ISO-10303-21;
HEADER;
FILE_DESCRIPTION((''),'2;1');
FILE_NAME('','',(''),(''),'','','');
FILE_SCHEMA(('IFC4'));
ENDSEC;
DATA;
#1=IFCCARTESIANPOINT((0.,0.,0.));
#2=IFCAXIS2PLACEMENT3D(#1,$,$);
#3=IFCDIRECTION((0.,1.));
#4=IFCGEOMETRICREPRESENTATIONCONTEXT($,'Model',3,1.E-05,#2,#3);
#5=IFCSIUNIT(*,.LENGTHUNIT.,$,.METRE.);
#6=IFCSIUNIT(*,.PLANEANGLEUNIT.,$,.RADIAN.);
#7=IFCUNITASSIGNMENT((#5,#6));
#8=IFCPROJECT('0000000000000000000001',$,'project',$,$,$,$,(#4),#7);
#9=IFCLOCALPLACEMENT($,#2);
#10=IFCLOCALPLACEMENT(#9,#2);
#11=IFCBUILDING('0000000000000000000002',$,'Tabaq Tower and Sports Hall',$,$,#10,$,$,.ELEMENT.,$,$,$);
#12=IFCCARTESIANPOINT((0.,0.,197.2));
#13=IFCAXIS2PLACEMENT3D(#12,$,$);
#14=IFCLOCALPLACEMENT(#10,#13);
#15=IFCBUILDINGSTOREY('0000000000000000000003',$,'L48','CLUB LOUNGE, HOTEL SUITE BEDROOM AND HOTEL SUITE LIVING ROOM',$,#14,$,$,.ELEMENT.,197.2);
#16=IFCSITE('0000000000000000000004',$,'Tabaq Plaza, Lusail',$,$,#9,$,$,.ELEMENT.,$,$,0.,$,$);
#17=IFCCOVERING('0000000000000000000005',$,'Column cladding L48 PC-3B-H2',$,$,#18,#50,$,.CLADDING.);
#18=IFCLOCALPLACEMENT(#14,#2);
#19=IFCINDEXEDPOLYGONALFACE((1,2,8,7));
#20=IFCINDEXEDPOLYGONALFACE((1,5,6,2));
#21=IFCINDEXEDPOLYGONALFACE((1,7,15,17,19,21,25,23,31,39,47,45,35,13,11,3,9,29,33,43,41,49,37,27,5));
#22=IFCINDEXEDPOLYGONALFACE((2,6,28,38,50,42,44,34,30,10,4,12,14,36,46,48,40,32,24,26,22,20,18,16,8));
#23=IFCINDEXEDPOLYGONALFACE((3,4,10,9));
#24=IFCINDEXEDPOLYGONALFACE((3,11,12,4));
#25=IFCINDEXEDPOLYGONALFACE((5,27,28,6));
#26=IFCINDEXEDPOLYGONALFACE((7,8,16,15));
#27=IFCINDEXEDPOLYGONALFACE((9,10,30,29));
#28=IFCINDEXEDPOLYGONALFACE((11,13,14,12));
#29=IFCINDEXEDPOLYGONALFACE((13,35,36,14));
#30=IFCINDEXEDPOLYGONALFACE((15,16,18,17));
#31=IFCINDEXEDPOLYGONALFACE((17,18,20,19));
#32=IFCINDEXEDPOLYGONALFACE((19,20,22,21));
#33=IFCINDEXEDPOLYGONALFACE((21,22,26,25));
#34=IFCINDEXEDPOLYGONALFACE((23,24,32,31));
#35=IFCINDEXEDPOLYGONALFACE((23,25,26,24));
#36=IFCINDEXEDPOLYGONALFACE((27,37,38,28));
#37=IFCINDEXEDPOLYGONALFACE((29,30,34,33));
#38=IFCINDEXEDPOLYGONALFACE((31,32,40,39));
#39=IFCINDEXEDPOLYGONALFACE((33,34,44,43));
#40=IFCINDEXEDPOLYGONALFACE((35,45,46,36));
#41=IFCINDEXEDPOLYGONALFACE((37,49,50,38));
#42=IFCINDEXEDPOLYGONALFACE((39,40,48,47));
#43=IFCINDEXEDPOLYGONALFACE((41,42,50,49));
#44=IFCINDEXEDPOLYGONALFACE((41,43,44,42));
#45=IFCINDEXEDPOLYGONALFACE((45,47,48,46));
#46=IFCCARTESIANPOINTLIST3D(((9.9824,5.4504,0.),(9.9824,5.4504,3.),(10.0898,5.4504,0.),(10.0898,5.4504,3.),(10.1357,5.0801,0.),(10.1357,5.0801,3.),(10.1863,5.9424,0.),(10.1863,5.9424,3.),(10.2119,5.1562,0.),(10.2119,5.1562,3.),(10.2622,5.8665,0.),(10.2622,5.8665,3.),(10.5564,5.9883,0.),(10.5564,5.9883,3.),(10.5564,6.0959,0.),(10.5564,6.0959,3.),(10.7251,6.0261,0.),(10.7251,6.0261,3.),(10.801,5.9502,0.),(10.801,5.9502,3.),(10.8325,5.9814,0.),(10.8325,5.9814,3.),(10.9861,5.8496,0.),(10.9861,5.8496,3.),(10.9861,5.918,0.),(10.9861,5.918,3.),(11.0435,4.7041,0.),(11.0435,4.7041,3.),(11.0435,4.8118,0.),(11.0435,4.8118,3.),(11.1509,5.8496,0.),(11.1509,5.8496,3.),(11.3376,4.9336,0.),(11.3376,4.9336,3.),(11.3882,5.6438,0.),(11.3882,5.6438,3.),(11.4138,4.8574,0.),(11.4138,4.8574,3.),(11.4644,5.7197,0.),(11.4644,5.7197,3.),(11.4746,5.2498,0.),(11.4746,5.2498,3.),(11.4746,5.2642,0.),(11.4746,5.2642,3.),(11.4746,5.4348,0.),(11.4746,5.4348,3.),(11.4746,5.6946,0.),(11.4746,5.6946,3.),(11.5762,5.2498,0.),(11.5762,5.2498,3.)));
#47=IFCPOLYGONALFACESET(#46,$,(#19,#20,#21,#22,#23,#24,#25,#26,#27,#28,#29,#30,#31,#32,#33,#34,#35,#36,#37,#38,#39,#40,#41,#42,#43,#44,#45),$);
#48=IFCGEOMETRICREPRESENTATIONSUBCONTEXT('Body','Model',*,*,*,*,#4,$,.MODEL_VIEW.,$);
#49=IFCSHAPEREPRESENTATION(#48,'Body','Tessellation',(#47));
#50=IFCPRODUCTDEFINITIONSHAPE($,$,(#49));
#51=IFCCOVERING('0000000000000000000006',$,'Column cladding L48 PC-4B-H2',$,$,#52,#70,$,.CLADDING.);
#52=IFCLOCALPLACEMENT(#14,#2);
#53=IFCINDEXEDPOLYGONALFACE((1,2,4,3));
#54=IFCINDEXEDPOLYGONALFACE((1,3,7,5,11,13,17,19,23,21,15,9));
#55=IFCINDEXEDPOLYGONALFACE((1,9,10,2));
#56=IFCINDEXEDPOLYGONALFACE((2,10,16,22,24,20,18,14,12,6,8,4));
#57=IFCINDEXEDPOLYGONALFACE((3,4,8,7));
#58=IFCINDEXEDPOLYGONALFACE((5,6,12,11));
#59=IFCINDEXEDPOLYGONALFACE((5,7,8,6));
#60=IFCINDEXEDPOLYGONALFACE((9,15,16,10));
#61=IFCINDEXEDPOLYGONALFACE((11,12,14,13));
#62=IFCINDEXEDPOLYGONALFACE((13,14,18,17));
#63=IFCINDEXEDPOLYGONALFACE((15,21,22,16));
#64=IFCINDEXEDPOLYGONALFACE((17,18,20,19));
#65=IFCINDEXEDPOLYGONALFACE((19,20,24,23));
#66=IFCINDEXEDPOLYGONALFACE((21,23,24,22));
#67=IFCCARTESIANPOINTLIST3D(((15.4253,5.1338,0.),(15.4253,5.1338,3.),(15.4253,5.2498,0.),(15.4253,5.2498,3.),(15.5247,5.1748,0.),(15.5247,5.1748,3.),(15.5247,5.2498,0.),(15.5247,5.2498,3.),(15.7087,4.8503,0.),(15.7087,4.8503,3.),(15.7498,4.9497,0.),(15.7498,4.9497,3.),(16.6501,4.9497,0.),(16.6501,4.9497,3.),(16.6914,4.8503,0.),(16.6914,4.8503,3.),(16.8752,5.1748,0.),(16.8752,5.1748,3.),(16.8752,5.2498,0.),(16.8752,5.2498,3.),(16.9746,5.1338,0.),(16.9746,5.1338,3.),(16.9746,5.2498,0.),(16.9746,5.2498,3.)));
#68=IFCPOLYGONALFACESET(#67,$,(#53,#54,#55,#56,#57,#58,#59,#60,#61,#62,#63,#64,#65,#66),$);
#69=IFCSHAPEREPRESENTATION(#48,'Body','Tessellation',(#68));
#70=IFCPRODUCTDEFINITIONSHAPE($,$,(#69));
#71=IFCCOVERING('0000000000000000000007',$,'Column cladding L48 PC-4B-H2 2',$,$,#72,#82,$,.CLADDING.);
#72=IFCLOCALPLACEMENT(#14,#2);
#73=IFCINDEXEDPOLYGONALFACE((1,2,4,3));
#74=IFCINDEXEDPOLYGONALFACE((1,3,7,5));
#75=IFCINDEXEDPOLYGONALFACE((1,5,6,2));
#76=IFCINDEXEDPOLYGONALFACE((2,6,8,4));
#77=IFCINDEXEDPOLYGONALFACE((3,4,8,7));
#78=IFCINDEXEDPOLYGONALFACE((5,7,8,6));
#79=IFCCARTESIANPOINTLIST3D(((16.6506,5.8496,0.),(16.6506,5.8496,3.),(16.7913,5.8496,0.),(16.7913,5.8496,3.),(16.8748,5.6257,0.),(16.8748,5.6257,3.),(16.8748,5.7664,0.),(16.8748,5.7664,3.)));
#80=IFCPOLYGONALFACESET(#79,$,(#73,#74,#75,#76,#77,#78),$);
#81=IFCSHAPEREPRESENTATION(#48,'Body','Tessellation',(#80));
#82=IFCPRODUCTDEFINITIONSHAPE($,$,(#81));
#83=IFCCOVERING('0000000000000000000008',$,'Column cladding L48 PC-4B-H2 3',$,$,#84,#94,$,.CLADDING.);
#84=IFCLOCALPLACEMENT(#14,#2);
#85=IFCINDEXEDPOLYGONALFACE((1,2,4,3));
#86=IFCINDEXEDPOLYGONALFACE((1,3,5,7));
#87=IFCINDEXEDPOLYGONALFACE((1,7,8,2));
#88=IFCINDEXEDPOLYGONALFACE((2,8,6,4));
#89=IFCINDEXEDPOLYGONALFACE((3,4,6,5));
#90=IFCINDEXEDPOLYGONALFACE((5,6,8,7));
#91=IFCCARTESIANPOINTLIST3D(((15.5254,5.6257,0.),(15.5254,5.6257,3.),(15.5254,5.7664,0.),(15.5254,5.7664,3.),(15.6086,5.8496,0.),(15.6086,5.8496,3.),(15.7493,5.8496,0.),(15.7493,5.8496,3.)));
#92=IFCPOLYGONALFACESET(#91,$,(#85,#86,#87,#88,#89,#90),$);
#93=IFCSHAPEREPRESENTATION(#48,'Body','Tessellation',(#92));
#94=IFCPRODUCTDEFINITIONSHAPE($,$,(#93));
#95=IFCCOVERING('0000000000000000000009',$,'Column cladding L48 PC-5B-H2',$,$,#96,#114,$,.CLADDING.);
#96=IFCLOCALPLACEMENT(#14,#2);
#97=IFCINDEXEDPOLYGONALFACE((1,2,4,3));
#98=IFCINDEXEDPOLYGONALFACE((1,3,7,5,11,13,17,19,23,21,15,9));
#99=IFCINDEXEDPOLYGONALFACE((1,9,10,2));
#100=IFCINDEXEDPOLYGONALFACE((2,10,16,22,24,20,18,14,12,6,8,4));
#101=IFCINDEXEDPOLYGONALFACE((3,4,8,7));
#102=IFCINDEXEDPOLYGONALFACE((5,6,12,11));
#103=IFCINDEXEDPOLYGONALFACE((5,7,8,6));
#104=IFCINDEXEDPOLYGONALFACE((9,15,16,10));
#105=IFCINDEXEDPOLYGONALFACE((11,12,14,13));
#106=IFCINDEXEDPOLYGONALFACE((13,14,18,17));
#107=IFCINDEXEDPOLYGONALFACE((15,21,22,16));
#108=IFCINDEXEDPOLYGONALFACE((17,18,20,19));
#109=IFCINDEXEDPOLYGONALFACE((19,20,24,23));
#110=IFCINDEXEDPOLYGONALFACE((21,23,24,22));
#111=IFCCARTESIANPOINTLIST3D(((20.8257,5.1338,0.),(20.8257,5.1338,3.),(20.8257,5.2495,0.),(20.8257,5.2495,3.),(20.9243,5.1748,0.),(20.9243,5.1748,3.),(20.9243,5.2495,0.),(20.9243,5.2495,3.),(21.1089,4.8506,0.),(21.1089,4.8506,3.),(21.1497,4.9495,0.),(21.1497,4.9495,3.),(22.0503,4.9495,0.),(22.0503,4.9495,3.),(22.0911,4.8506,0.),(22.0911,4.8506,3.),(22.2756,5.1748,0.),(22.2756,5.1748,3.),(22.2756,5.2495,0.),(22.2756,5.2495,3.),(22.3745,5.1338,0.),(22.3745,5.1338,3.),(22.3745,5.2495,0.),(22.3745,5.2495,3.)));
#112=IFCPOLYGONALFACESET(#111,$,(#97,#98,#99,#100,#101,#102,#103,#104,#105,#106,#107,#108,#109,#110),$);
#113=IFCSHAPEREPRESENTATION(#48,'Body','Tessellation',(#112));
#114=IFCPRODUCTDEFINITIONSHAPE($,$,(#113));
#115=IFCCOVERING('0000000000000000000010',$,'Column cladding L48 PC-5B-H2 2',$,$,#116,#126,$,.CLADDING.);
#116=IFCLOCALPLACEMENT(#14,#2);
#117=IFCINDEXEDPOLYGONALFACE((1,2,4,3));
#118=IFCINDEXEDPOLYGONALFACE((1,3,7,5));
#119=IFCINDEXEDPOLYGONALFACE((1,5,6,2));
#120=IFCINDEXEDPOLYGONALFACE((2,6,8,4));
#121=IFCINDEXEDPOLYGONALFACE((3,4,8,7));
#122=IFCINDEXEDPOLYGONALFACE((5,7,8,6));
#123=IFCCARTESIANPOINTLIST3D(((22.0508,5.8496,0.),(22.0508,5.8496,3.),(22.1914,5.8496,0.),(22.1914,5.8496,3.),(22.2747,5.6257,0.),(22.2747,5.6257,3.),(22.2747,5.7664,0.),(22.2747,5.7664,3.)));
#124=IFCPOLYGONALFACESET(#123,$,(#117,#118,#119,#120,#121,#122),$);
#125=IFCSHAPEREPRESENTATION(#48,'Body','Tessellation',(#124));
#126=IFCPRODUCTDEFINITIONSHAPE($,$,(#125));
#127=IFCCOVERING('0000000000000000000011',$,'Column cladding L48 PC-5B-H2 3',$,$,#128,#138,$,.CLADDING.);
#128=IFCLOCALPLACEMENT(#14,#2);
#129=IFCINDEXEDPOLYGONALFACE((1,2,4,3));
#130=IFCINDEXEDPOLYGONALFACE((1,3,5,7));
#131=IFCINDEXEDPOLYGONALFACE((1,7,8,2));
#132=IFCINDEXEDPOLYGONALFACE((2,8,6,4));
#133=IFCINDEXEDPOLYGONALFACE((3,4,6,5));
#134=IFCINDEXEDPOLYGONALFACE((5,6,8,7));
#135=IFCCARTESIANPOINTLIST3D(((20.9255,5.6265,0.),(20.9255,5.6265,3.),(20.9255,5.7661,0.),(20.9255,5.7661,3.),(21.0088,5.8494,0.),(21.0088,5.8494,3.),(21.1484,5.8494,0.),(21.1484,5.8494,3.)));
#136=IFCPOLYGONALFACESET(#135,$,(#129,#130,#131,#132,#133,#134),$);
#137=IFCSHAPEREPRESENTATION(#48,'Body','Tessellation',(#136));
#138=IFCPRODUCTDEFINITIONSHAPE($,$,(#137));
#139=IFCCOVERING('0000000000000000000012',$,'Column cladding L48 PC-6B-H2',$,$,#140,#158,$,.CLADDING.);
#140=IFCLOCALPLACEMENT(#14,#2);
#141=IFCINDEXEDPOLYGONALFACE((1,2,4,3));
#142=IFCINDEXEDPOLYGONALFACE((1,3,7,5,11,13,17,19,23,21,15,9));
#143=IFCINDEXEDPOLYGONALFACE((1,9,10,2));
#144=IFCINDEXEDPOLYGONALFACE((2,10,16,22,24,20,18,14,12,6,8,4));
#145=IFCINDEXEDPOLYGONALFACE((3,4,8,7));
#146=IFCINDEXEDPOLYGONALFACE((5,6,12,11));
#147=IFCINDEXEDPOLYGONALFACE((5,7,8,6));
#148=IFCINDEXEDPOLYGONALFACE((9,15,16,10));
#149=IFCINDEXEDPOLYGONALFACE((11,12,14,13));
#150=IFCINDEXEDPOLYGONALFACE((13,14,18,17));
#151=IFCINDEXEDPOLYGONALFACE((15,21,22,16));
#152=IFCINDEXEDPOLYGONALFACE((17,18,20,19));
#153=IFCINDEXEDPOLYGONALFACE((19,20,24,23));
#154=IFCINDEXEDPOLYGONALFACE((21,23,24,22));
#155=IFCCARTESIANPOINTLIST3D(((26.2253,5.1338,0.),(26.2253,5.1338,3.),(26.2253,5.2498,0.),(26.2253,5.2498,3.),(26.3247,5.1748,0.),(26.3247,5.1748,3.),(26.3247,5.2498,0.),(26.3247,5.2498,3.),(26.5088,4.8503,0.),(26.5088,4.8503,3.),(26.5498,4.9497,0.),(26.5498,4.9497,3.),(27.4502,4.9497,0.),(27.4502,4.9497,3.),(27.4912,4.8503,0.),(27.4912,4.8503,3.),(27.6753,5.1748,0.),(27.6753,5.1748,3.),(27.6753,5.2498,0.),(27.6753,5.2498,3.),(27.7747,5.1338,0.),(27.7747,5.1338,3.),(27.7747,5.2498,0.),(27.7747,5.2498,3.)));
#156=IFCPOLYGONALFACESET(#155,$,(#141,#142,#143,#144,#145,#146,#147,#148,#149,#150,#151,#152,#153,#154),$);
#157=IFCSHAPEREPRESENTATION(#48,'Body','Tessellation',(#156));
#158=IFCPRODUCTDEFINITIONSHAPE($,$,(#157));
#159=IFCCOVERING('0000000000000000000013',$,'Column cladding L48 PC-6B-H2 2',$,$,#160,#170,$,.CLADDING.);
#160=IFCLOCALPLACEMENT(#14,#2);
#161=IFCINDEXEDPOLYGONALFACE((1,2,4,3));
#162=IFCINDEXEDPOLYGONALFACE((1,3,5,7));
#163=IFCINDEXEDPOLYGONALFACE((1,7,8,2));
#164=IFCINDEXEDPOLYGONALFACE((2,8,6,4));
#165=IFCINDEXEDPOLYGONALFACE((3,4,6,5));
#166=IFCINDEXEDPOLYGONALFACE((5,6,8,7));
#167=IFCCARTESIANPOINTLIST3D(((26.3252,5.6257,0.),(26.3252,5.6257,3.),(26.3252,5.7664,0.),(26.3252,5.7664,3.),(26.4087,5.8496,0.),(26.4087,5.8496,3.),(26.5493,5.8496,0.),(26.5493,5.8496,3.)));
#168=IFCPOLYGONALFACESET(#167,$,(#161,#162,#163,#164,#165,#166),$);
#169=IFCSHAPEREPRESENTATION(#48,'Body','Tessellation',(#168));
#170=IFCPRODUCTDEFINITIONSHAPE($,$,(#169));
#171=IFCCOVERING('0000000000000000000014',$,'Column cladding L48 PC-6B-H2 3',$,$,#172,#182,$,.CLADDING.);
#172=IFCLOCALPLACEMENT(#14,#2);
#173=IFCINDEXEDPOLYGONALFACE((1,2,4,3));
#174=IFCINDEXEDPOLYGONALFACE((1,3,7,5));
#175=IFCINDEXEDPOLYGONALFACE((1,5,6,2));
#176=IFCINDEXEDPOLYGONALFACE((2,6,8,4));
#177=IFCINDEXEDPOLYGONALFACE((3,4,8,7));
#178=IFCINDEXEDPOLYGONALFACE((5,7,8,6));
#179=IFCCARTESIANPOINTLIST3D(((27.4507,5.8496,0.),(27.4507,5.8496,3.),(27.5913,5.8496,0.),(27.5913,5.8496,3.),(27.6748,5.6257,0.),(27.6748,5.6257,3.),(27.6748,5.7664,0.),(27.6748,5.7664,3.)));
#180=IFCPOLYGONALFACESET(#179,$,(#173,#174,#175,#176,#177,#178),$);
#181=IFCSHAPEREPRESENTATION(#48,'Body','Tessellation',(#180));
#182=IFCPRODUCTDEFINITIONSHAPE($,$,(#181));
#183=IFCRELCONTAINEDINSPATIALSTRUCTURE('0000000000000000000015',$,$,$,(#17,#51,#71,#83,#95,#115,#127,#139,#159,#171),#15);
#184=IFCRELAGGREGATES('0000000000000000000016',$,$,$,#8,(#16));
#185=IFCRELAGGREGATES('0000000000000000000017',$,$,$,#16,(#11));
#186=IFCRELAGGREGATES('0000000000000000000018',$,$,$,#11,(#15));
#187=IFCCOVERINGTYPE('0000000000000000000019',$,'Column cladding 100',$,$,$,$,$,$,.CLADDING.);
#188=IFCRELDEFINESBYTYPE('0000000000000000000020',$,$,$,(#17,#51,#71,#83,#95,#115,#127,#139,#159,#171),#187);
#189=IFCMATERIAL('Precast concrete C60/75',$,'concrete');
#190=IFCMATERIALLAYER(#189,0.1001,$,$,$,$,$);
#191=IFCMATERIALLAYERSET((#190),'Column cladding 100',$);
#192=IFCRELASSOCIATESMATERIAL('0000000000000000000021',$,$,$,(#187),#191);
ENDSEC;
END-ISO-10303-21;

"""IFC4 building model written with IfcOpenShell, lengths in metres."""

from ifc_helpers import new_model, si_unit, direction, frame, origin, place, context, subcontext, project, spatial, polyline, outline, extrude, material, layer, layer_set, type_object, element, save


model = new_model("IFC4")

# Units and contexts
model_context = context("Model", 3, precision=1e-05, world=origin(), true_north=direction((0.0, 1.0)))
body_context = subcontext(model_context, "Body", "Model", "MODEL_VIEW")
ifc_project = project(units=[si_unit("LENGTHUNIT", "METRE"), si_unit("PLANEANGLEUNIT", "RADIAN")], contexts=[model_context])

# Site, building, storey
site_placement = place(None, origin())
site = spatial("IfcSite", under=ifc_project, at=site_placement, Name="Tabaq Plaza, Lusail", CompositionType="ELEMENT", RefElevation=0.0)
building_placement = place(site_placement, origin())
building = spatial("IfcBuilding", under=site, at=building_placement, Name="Tabaq Tower and Sports Hall", CompositionType="ELEMENT")
storey_placement = place(building_placement, frame((0.0, 0.0, 197.2)))
storey = spatial("IfcBuildingStorey", under=building, at=storey_placement, Name="L48", Description="CLUB LOUNGE, HOTEL SUITE BEDROOM AND HOTEL SUITE LIVING ROOM", CompositionType="ELEMENT", Elevation=197.2)

# Coverings
ifc_material_1 = material(Name="Precast concrete C60/75", Category="concrete")
ifc_layer_1 = layer(ifc_material_1, 0.1001)
ifc_layer_set_1 = layer_set([ifc_layer_1], Name="Column cladding 100")
covering_type = type_object("IfcCoveringType", Name="Column cladding 100", PredefinedType="CLADDING", material=ifc_layer_set_1)
covering_1_placement = place(storey_placement, origin())
element("IfcCovering", 1, at=covering_1_placement, inside=storey, type_object=covering_type, Name="Column cladding L48 PC-3B-H2", PredefinedType="CLADDING", context=body_context, shape_type="SweptSolid", body=[
    extrude(outline(polyline([(11.4138, 4.8574), (11.0435, 4.7041), (10.1357, 5.0801), (9.9824, 5.4504), (10.1863, 5.9424), (10.5564, 6.0959), (10.7251, 6.0261), (10.801, 5.9502), (10.8325, 5.9814), (10.9861, 5.918), (10.9861, 5.8496), (11.1509, 5.8496), (11.4644, 5.7197), (11.4746, 5.6946), (11.4746, 5.4348), (11.3882, 5.6438), (10.5564, 5.9883), (10.2622, 5.8665), (10.0898, 5.4504), (10.2119, 5.1562), (11.0435, 4.8118), (11.3376, 4.9336), (11.4746, 5.2642), (11.4746, 5.2498), (11.5762, 5.2498), (11.4138, 4.8574)])), origin(), (0.0, 0.0, 1.0), 3.0),
])
covering_2_placement = place(storey_placement, origin())
element("IfcCovering", 2, at=covering_2_placement, inside=storey, type_object=covering_type, Name="Column cladding L48 PC-4B-H2", PredefinedType="CLADDING", context=body_context, shape_type="SweptSolid", body=[
    extrude(outline(polyline([(15.4253, 5.2498), (15.5247, 5.2498), (15.5247, 5.1748), (15.7498, 4.9497), (16.6501, 4.9497), (16.8752, 5.1748), (16.8752, 5.2498), (16.9746, 5.2498), (16.9746, 5.1338), (16.6914, 4.8503), (15.7087, 4.8503), (15.4253, 5.1338), (15.4253, 5.2498)])), origin(), (0.0, 0.0, 1.0), 3.0),
])
covering_3_placement = place(storey_placement, origin())
element("IfcCovering", 3, at=covering_3_placement, inside=storey, type_object=covering_type, Name="Column cladding L48 PC-4B-H2 2", PredefinedType="CLADDING", context=body_context, shape_type="SweptSolid", body=[
    extrude(outline(polyline([(16.8748, 5.7664), (16.8748, 5.6257), (16.6506, 5.8496), (16.7913, 5.8496), (16.8748, 5.7664)])), origin(), (0.0, 0.0, 1.0), 3.0),
])
covering_4_placement = place(storey_placement, origin())
element("IfcCovering", 4, at=covering_4_placement, inside=storey, type_object=covering_type, Name="Column cladding L48 PC-4B-H2 3", PredefinedType="CLADDING", context=body_context, shape_type="SweptSolid", body=[
    extrude(outline(polyline([(15.6086, 5.8496), (15.7493, 5.8496), (15.5254, 5.6257), (15.5254, 5.7664), (15.6086, 5.8496)])), origin(), (0.0, 0.0, 1.0), 3.0),
])
covering_5_placement = place(storey_placement, origin())
element("IfcCovering", 5, at=covering_5_placement, inside=storey, type_object=covering_type, Name="Column cladding L48 PC-5B-H2", PredefinedType="CLADDING", context=body_context, shape_type="SweptSolid", body=[
    extrude(outline(polyline([(20.8257, 5.2495), (20.9243, 5.2495), (20.9243, 5.1748), (21.1497, 4.9495), (22.0503, 4.9495), (22.2756, 5.1748), (22.2756, 5.2495), (22.3745, 5.2495), (22.3745, 5.1338), (22.0911, 4.8506), (21.1089, 4.8506), (20.8257, 5.1338), (20.8257, 5.2495)])), origin(), (0.0, 0.0, 1.0), 3.0),
])
covering_6_placement = place(storey_placement, origin())
element("IfcCovering", 6, at=covering_6_placement, inside=storey, type_object=covering_type, Name="Column cladding L48 PC-5B-H2 2", PredefinedType="CLADDING", context=body_context, shape_type="SweptSolid", body=[
    extrude(outline(polyline([(22.2747, 5.7664), (22.2747, 5.6257), (22.0508, 5.8496), (22.1914, 5.8496), (22.2747, 5.7664)])), origin(), (0.0, 0.0, 1.0), 3.0),
])
covering_7_placement = place(storey_placement, origin())
element("IfcCovering", 7, at=covering_7_placement, inside=storey, type_object=covering_type, Name="Column cladding L48 PC-5B-H2 3", PredefinedType="CLADDING", context=body_context, shape_type="SweptSolid", body=[
    extrude(outline(polyline([(20.9255, 5.6265), (20.9255, 5.7661), (21.0088, 5.8494), (21.1484, 5.8494), (20.9255, 5.6265)])), origin(), (0.0, 0.0, 1.0), 3.0),
])
covering_8_placement = place(storey_placement, origin())
element("IfcCovering", 8, at=covering_8_placement, inside=storey, type_object=covering_type, Name="Column cladding L48 PC-6B-H2", PredefinedType="CLADDING", context=body_context, shape_type="SweptSolid", body=[
    extrude(outline(polyline([(26.2253, 5.2498), (26.3247, 5.2498), (26.3247, 5.1748), (26.5498, 4.9497), (27.4502, 4.9497), (27.6753, 5.1748), (27.6753, 5.2498), (27.7747, 5.2498), (27.7747, 5.1338), (27.4912, 4.8503), (26.5088, 4.8503), (26.2253, 5.1338), (26.2253, 5.2498)])), origin(), (0.0, 0.0, 1.0), 3.0),
])
covering_9_placement = place(storey_placement, origin())
element("IfcCovering", 9, at=covering_9_placement, inside=storey, type_object=covering_type, Name="Column cladding L48 PC-6B-H2 2", PredefinedType="CLADDING", context=body_context, shape_type="SweptSolid", body=[
    extrude(outline(polyline([(26.4087, 5.8496), (26.5493, 5.8496), (26.3252, 5.6257), (26.3252, 5.7664), (26.4087, 5.8496)])), origin(), (0.0, 0.0, 1.0), 3.0),
])
covering_10_placement = place(storey_placement, origin())
element("IfcCovering", 10, at=covering_10_placement, inside=storey, type_object=covering_type, Name="Column cladding L48 PC-6B-H2 3", PredefinedType="CLADDING", context=body_context, shape_type="SweptSolid", body=[
    extrude(outline(polyline([(27.6748, 5.7664), (27.6748, 5.6257), (27.4507, 5.8496), (27.5913, 5.8496), (27.6748, 5.7664)])), origin(), (0.0, 0.0, 1.0), 3.0),
])

save(model, "model.ifc")
